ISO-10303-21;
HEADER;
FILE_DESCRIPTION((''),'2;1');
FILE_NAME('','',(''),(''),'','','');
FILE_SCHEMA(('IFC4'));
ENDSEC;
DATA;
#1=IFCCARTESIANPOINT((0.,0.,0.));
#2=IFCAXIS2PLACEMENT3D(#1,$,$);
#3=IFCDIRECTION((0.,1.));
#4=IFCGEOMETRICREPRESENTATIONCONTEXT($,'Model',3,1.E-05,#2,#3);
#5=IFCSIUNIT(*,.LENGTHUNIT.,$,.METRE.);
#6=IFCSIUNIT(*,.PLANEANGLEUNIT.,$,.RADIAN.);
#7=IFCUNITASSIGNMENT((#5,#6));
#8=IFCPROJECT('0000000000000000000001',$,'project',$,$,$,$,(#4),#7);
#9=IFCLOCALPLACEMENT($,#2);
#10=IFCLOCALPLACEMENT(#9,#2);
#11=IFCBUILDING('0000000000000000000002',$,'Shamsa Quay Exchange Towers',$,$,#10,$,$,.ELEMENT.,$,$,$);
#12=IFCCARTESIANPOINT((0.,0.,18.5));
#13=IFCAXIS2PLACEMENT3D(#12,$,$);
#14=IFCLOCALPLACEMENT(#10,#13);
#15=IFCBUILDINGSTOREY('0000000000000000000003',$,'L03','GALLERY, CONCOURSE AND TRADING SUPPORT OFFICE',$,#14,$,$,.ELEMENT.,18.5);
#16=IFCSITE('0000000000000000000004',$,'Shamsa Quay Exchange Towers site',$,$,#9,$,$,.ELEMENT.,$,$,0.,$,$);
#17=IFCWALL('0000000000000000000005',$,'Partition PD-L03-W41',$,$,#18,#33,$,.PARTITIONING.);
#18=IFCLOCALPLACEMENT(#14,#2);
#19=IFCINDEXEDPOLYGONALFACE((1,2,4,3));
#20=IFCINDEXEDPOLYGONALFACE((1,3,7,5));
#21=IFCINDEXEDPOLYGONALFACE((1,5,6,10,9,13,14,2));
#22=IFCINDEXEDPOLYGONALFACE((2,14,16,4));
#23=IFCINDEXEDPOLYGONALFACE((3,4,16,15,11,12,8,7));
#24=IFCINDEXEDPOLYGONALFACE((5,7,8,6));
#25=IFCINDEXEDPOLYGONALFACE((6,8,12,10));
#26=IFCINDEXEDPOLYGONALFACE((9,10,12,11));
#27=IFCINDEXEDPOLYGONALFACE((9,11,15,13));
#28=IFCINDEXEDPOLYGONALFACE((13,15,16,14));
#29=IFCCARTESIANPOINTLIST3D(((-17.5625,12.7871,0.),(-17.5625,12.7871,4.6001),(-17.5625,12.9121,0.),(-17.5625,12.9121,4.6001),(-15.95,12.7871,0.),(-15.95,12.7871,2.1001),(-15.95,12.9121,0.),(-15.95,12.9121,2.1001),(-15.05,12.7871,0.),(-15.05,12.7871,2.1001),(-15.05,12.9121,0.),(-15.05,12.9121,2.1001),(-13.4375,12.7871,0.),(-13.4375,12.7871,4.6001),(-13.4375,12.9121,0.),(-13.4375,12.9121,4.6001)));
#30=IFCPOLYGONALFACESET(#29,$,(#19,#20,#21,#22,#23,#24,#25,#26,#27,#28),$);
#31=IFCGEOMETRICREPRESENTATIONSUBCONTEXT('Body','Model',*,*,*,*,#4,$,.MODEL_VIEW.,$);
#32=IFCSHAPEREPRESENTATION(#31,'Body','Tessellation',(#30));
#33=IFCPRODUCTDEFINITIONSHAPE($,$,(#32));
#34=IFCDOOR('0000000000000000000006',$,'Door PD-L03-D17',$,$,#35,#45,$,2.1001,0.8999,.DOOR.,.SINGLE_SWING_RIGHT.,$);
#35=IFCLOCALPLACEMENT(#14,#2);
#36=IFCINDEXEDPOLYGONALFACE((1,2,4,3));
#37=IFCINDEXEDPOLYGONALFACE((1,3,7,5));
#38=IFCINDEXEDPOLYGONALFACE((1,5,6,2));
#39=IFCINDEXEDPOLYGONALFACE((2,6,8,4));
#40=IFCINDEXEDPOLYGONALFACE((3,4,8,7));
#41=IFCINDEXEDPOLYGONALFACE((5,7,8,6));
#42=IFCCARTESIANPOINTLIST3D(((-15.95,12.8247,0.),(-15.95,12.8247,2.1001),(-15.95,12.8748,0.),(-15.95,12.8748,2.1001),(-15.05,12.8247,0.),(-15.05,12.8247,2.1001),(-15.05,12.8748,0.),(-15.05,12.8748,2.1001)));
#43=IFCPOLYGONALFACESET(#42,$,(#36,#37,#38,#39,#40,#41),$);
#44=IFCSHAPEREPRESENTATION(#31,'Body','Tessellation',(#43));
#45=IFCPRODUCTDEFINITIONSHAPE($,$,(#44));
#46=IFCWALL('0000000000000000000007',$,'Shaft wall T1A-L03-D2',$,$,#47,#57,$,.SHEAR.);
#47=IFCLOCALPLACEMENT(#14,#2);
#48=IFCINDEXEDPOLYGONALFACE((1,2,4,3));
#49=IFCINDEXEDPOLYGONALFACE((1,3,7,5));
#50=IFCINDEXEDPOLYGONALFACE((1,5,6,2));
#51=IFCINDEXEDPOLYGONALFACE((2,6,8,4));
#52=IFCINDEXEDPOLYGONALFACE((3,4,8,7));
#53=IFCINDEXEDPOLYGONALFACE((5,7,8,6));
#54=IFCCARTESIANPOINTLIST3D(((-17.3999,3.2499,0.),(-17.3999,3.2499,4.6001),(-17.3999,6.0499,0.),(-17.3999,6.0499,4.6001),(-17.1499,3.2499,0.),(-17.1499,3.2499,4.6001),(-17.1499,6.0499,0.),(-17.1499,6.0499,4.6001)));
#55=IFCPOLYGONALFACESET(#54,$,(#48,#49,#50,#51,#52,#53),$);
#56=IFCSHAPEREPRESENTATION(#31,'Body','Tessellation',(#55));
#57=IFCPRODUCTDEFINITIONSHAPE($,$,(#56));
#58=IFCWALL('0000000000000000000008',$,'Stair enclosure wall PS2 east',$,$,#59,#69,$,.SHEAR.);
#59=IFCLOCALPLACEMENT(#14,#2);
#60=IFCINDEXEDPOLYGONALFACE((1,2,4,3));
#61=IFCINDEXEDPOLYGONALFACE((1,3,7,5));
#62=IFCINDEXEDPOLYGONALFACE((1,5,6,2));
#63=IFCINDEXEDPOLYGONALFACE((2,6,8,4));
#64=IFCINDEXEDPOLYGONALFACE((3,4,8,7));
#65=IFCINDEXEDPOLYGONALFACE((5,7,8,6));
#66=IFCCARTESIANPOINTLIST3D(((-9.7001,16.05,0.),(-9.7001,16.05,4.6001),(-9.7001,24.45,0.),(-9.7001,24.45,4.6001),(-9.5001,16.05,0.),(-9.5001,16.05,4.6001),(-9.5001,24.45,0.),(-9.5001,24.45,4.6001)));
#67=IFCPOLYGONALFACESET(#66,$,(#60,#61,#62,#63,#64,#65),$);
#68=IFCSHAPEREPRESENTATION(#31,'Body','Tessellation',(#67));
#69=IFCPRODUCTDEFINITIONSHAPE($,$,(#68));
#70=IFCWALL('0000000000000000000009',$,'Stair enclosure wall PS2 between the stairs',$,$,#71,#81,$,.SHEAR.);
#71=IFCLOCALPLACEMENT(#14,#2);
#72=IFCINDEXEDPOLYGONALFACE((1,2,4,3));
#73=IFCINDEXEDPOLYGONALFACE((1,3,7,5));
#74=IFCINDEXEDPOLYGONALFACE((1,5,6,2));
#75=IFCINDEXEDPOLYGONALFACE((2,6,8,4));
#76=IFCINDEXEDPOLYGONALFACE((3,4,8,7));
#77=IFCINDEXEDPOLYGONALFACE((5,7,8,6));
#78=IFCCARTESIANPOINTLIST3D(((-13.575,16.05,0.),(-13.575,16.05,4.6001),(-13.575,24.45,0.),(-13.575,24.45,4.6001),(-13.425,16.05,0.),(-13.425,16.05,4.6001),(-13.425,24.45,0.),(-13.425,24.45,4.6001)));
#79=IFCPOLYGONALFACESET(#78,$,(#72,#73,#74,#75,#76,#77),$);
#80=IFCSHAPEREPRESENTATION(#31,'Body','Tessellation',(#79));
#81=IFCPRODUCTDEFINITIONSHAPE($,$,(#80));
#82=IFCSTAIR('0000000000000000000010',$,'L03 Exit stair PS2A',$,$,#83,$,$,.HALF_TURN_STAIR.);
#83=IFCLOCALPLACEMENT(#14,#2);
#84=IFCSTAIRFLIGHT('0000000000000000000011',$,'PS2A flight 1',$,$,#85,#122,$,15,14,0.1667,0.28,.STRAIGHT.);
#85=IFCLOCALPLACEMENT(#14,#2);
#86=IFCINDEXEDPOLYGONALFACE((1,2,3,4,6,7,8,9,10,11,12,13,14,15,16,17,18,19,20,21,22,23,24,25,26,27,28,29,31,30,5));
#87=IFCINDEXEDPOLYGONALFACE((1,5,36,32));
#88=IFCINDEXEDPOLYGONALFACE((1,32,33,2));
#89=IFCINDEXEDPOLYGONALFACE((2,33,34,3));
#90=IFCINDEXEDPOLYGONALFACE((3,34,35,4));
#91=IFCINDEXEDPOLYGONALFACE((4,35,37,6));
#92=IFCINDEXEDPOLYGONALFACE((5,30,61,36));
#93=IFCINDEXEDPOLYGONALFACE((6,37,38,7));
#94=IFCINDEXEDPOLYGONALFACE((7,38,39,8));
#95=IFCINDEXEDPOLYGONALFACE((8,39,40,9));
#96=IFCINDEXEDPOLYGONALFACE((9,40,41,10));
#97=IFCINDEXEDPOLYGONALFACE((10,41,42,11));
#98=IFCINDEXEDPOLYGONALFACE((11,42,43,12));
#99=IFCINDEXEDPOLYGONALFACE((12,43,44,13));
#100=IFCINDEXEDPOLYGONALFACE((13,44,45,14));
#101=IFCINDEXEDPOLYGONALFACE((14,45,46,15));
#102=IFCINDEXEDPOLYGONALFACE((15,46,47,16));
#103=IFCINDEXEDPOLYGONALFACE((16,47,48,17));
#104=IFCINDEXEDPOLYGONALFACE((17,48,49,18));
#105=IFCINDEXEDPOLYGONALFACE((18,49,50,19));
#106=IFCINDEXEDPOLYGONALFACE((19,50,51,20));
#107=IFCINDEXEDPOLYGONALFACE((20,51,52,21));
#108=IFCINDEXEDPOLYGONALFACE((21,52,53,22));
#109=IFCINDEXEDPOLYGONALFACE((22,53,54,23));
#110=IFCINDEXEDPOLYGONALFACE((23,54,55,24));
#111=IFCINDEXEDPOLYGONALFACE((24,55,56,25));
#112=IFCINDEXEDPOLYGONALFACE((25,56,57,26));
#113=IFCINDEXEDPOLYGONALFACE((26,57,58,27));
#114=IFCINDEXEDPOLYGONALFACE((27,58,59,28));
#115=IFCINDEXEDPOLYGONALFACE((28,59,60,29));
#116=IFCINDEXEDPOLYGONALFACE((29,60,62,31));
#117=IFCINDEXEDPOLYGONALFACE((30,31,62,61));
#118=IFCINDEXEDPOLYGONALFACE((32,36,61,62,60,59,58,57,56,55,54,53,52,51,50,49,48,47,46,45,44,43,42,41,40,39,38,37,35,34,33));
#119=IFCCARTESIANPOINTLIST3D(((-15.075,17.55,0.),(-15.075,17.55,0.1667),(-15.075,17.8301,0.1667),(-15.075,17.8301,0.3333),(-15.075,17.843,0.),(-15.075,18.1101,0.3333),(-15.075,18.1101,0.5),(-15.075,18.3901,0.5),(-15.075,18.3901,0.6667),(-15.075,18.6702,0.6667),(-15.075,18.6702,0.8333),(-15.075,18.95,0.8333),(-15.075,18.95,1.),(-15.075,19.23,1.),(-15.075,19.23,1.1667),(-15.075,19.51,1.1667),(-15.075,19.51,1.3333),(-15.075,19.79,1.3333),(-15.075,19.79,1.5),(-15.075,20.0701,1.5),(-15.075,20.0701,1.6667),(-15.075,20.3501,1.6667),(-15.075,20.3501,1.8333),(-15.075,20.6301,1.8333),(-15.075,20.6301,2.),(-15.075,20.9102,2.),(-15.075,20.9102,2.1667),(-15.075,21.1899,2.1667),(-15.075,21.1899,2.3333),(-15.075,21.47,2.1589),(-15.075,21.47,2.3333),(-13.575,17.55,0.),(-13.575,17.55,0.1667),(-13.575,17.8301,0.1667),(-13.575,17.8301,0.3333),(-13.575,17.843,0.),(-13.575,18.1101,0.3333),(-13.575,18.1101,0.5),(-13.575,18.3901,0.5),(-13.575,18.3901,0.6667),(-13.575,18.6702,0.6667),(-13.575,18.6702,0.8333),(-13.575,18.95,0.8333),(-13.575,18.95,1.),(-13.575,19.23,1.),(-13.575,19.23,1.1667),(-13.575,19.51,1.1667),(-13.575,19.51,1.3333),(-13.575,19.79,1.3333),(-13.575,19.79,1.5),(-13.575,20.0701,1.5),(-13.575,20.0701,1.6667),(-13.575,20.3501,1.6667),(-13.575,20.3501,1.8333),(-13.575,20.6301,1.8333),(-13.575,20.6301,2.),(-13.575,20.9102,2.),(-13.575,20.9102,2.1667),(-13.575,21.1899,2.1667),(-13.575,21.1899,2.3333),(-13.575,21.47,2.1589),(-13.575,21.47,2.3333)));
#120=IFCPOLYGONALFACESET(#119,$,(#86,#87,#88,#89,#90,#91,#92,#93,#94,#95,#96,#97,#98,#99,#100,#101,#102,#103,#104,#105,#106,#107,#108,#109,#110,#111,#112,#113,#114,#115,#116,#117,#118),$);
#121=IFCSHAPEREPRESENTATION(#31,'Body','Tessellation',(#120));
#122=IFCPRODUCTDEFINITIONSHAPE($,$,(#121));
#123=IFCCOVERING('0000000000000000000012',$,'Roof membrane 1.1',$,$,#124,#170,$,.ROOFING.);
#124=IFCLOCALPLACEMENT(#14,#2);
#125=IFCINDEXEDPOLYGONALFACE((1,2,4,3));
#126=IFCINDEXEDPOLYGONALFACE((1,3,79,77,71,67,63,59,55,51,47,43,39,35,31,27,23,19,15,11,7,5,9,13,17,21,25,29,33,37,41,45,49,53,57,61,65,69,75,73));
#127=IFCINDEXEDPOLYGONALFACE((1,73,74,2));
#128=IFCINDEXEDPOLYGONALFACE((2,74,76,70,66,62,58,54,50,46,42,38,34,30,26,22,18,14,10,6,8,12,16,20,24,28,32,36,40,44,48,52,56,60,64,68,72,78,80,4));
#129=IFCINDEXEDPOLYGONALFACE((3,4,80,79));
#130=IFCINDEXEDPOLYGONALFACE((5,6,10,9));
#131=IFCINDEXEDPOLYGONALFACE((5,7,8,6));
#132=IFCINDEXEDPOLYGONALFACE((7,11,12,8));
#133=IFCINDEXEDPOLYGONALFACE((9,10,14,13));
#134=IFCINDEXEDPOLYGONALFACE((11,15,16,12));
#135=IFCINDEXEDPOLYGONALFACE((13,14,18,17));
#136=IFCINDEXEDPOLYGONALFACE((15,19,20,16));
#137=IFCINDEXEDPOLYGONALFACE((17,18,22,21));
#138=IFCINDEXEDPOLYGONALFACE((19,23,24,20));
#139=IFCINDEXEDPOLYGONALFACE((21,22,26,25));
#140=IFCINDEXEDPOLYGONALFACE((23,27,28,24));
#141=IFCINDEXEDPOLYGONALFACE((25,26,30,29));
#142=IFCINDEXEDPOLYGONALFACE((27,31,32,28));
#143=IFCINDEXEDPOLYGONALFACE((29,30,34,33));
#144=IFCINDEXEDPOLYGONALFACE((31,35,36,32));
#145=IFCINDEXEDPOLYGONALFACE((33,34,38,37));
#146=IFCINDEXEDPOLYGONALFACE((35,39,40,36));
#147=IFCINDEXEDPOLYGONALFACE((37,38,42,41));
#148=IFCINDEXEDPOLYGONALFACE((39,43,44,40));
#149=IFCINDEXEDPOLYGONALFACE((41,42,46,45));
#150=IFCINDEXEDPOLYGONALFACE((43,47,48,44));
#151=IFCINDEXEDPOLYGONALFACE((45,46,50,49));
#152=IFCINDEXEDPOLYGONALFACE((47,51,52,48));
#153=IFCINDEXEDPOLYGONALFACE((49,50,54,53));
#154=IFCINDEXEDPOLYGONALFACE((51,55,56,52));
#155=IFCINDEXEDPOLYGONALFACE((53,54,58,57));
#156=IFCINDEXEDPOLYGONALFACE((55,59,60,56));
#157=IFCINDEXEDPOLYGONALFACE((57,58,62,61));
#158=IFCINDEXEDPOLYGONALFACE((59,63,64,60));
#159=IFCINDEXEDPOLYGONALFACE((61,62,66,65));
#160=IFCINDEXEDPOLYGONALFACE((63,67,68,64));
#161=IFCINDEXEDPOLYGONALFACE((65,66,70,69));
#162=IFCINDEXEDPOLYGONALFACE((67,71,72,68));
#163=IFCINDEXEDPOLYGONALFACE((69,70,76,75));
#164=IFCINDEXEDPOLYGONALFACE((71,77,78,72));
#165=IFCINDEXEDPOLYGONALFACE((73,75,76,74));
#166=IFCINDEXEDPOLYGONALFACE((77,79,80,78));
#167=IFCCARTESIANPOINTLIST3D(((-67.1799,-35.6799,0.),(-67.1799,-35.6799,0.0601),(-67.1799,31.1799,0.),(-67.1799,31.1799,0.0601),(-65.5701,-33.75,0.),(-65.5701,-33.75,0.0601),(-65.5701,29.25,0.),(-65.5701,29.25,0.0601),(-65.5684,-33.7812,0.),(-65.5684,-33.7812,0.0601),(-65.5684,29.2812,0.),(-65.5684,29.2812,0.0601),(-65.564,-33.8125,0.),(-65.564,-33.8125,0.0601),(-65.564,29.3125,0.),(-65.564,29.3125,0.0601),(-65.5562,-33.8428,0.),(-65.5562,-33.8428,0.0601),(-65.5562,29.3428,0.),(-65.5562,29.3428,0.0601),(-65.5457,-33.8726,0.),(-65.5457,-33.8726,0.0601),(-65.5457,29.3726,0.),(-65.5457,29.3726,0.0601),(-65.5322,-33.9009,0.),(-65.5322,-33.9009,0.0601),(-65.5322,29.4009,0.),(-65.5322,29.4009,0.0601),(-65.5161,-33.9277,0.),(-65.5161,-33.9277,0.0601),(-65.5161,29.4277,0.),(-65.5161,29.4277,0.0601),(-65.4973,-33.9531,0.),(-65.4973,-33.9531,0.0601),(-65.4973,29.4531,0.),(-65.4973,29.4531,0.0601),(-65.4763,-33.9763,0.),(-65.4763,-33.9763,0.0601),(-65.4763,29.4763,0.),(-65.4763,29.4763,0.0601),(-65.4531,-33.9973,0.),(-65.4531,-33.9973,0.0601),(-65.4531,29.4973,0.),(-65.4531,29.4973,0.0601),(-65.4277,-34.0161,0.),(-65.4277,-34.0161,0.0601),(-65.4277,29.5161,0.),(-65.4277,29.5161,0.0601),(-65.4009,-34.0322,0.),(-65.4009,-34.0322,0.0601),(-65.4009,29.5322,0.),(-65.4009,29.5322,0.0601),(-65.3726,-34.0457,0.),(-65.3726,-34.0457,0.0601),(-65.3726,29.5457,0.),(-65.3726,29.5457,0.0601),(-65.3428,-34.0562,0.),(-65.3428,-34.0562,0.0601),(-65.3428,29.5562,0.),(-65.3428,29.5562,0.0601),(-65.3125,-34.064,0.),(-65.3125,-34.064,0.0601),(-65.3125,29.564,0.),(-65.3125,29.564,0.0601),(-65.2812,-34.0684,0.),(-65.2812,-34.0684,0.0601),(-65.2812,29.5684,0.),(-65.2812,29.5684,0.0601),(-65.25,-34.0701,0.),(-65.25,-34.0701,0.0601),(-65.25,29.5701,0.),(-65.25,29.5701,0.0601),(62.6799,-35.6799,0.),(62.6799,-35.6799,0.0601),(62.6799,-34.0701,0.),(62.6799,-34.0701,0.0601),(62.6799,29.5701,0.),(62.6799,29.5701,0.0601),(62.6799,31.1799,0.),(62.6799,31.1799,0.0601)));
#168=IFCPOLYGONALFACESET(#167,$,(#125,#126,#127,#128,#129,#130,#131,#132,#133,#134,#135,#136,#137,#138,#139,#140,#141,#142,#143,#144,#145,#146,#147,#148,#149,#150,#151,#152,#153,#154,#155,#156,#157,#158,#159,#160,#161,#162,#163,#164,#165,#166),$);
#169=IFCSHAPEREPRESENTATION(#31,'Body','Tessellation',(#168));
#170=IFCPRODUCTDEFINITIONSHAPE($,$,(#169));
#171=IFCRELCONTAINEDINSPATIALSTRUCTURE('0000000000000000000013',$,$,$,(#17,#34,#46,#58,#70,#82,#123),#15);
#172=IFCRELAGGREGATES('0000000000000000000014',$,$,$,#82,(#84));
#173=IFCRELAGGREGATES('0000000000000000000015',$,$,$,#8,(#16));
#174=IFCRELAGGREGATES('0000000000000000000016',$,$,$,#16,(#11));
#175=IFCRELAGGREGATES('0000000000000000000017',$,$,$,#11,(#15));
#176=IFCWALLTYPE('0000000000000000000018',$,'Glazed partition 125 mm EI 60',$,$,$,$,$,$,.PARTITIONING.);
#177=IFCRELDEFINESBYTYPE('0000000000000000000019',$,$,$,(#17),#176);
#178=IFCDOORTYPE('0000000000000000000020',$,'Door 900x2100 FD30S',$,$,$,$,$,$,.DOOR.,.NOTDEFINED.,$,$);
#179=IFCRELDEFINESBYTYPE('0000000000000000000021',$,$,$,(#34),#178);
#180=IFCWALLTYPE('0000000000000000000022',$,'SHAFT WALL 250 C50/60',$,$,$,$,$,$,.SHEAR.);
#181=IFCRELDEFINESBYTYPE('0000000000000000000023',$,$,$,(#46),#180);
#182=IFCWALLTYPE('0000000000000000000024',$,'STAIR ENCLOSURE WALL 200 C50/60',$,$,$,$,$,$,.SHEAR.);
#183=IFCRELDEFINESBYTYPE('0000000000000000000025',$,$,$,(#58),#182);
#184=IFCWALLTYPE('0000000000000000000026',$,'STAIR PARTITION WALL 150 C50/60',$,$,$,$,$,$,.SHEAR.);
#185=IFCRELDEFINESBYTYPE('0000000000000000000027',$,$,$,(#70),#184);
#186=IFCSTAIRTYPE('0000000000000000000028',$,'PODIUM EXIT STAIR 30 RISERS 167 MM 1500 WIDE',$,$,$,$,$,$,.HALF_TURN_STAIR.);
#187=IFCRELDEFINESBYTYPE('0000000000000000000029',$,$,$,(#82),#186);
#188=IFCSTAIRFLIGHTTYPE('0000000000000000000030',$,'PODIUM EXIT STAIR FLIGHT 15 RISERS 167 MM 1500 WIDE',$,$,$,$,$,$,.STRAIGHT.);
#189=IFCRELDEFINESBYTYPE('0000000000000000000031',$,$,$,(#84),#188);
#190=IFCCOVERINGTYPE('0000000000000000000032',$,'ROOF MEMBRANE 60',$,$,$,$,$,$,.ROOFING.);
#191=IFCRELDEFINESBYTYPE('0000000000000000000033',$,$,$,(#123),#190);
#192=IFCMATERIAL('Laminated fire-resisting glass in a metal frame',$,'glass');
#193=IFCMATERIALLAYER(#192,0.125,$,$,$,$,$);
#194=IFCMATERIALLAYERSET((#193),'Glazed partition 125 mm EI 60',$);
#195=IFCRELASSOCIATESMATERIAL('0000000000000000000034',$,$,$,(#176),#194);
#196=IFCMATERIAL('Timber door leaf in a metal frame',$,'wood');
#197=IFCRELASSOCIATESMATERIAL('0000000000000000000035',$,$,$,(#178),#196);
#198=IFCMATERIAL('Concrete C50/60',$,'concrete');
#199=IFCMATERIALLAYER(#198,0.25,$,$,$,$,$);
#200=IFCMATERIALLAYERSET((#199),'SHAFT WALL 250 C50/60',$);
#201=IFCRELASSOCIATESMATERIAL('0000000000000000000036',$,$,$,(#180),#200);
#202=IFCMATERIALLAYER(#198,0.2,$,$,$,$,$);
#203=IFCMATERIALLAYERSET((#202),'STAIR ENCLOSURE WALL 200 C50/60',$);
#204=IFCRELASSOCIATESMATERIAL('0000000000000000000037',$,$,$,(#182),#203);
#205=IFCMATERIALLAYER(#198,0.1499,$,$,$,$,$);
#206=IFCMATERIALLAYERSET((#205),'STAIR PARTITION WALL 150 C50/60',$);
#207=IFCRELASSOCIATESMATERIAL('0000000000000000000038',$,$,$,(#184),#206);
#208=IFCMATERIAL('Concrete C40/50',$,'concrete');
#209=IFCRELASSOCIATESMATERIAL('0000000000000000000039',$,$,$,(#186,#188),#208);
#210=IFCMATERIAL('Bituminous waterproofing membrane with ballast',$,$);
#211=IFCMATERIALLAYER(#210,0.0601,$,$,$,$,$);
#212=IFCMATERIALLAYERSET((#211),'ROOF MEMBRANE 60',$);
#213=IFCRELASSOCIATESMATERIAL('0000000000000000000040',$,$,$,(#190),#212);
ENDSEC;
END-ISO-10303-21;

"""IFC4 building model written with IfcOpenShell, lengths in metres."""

from ifc_helpers import new_model, si_unit, direction, frame, frame_2d, origin, place, context, subcontext, project, spatial, polyline, rectangle, outline, extrude, material, layer, layer_set, type_object, element, fill, aggregate, save


model = new_model("IFC4")

# Units and contexts
model_context = context("Model", 3, precision=1e-05, world=origin(), true_north=direction((0.0, 1.0)))
body_context = subcontext(model_context, "Body", "Model", "MODEL_VIEW")
ifc_project = project(units=[si_unit("LENGTHUNIT", "METRE"), si_unit("PLANEANGLEUNIT", "RADIAN")], contexts=[model_context])

# Site, building, storey
site_placement = place(None, origin())
site = spatial("IfcSite", under=ifc_project, at=site_placement, Name="Shamsa Quay Exchange Towers site", CompositionType="ELEMENT", RefElevation=0.0)
building_placement = place(site_placement, origin())
building = spatial("IfcBuilding", under=site, at=building_placement, Name="Shamsa Quay Exchange Towers", CompositionType="ELEMENT")
storey_placement = place(building_placement, frame((0.0, 0.0, 18.5)))
storey = spatial("IfcBuildingStorey", under=building, at=storey_placement, Name="L03", Description="GALLERY, CONCOURSE AND TRADING SUPPORT OFFICE", CompositionType="ELEMENT", Elevation=18.5)

# Shared definitions
ifc_material_1 = material(Name="Concrete C50/60", Category="concrete")

# Shared definitions
ifc_material_2 = material(Name="Concrete C40/50", Category="concrete")

# Shared definitions
ifc_material_3 = material(Name="Laminated fire-resisting glass in a metal frame", Category="glass")
ifc_layer_1 = layer(ifc_material_3, 0.125)
ifc_layer_set_1 = layer_set([ifc_layer_1], Name="Glazed partition 125 mm EI 60")
wall_type_1 = type_object("IfcWallType", Name="Glazed partition 125 mm EI 60", PredefinedType="PARTITIONING", material=ifc_layer_set_1)

# Wall, opening, door
wall_1_placement = place(storey_placement, frame((-13.4375, 12.8496, 0.0), z_axis=(0.0, 0.0, 1.0), x_axis=(-1.0, 0.0, 0.0)))
wall_1 = element("IfcWall", 1, at=wall_1_placement, inside=storey, type_object=wall_type_1, Name="Partition PD-L03-W41", PredefinedType="PARTITIONING", context=body_context, shape_type="SweptSolid", body=[
    extrude(rectangle(XDim=4.125, YDim=0.125, at=frame_2d((2.0625, 0.0))), origin(), (0.0, 0.0, 1.0), 4.6001),
])
opening_1_placement = place(wall_1_placement, frame((1.6125, 0.0, 0.0)))
opening_1 = element("IfcOpeningElement", 2, at=opening_1_placement, cuts=wall_1, PredefinedType="OPENING", context=body_context, shape_type="SweptSolid", body=[
    extrude(rectangle(XDim=0.8999, YDim=2.1001, at=frame_2d((0.45, 1.05))), frame((0.0, 0.0725, 0.0), z_axis=(0.0, -1.0, 0.0), x_axis=(1.0, 0.0, 0.0)), (0.0, 0.0, 1.0), 0.145),
])
ifc_material_4 = material(Name="Timber door leaf in a metal frame", Category="wood")
door_type_1 = type_object("IfcDoorType", Name="Door 900x2100 FD30S", OperationType="NOTDEFINED", PredefinedType="DOOR", material=ifc_material_4)
door_1_placement = place(opening_1_placement, origin())
door_1 = element("IfcDoor", 3, at=door_1_placement, inside=storey, type_object=door_type_1, Name="Door PD-L03-D17", OperationType="SINGLE_SWING_RIGHT", OverallHeight=2.1001, OverallWidth=0.8999, PredefinedType="DOOR", context=body_context, shape_type="SweptSolid", body=[
    extrude(rectangle(XDim=0.8999, YDim=2.1001, at=frame_2d((0.45, 1.05))), frame((0.0, 0.0249, 0.0), z_axis=(0.0, -1.0, 0.0), x_axis=(1.0, 0.0, 0.0)), (0.0, 0.0, 1.0), 0.05),
])
fill(opening_1, door_1)

# Walls
ifc_layer_2 = layer(ifc_material_1, 0.25)
ifc_layer_set_2 = layer_set([ifc_layer_2], Name="SHAFT WALL 250 C50/60")
wall_type_2 = type_object("IfcWallType", Name="SHAFT WALL 250 C50/60", PredefinedType="SHEAR", material=ifc_layer_set_2)
wall_2_placement = place(storey_placement, frame((-17.2749, 3.25, 0.0), z_axis=(0.0, 0.0, 1.0), x_axis=(0.0, 1.0, 0.0)))
element("IfcWall", 4, at=wall_2_placement, inside=storey, type_object=wall_type_2, Name="Shaft wall T1A-L03-D2", PredefinedType="SHEAR", context=body_context, shape_type="SweptSolid", body=[
    extrude(rectangle(XDim=2.8, YDim=0.25, at=frame_2d((1.3999, 0.0))), origin(), (0.0, 0.0, 1.0), 4.6001),
])
ifc_layer_3 = layer(ifc_material_1, 0.2)
ifc_layer_set_3 = layer_set([ifc_layer_3], Name="STAIR ENCLOSURE WALL 200 C50/60")
wall_type_3 = type_object("IfcWallType", Name="STAIR ENCLOSURE WALL 200 C50/60", PredefinedType="SHEAR", material=ifc_layer_set_3)
wall_3_placement = place(storey_placement, frame((-9.6001, 16.05, 0.0), z_axis=(0.0, 0.0, 1.0), x_axis=(0.0, 1.0, 0.0)))
element("IfcWall", 5, at=wall_3_placement, inside=storey, type_object=wall_type_3, Name="Stair enclosure wall PS2 east", PredefinedType="SHEAR", context=body_context, shape_type="SweptSolid", body=[
    extrude(rectangle(XDim=8.3999, YDim=0.2, at=frame_2d((4.2, 0.0))), origin(), (0.0, 0.0, 1.0), 4.6001),
])
ifc_layer_4 = layer(ifc_material_1, 0.1499)
ifc_layer_set_4 = layer_set([ifc_layer_4], Name="STAIR PARTITION WALL 150 C50/60")
wall_type_4 = type_object("IfcWallType", Name="STAIR PARTITION WALL 150 C50/60", PredefinedType="SHEAR", material=ifc_layer_set_4)
wall_4_placement = place(storey_placement, frame((-13.5, 16.05, 0.0), z_axis=(0.0, 0.0, 1.0), x_axis=(0.0, 1.0, 0.0)))
element("IfcWall", 6, at=wall_4_placement, inside=storey, type_object=wall_type_4, Name="Stair enclosure wall PS2 between the stairs", PredefinedType="SHEAR", context=body_context, shape_type="SweptSolid", body=[
    extrude(rectangle(XDim=8.3999, YDim=0.1499, at=frame_2d((4.2, 0.0))), origin(), (0.0, 0.0, 1.0), 4.6001),
])

# Stair, stair flight
stair_type_1 = type_object("IfcStairType", Name="PODIUM EXIT STAIR 30 RISERS 167 MM 1500 WIDE", PredefinedType="HALF_TURN_STAIR", material=ifc_material_2)
stair_1_placement = place(storey_placement, origin())
stair_1 = element("IfcStair", 7, at=stair_1_placement, inside=storey, type_object=stair_type_1, Name="L03 Exit stair PS2A", PredefinedType="HALF_TURN_STAIR")
stair_flight_type = type_object("IfcStairFlightType", Name="PODIUM EXIT STAIR FLIGHT 15 RISERS 167 MM 1500 WIDE", PredefinedType="STRAIGHT", material=ifc_material_2)
stair_flight_placement = place(storey_placement, frame((-14.325, 17.55, 0.0), z_axis=(0.0, 0.0, 1.0), x_axis=(0.0, 1.0, 0.0)))
stair_flight = element("IfcStairFlight", 8, at=stair_flight_placement, type_object=stair_flight_type, Name="PS2A flight 1", NumberOfRisers=15, NumberOfTreads=14, PredefinedType="STRAIGHT", RiserHeight=0.1667, TreadLength=0.28, context=body_context, shape_type="SweptSolid", body=[
    extrude(outline(polyline([(0.0, 0.0), (0.0, 0.1667), (0.28, 0.1667), (0.28, 0.3333), (0.5601, 0.3333), (0.5601, 0.5), (0.8401, 0.5), (0.8401, 0.6667), (1.1201, 0.6667), (1.1201, 0.8333), (1.3999, 0.8333), (1.3999, 1.0), (1.6799, 1.0), (1.6799, 1.1667), (1.96, 1.1667), (1.96, 1.3333), (2.24, 1.3333), (2.24, 1.5), (2.52, 1.5), (2.52, 1.6667), (2.8, 1.6667), (2.8, 1.8333), (3.0801, 1.8333), (3.0801, 2.0), (3.3601, 2.0), (3.3601, 2.1667), (3.6399, 2.1667), (3.6399, 2.3333), (3.9199, 2.3333), (3.9199, 2.5), (3.9199, 2.1589), (0.293, 0.0), (0.0, 0.0)])), frame((0.0, 0.75, 0.0), z_axis=(0.0, -1.0, 0.0), x_axis=(1.0, 0.0, 0.0)), (0.0, 0.0, 1.0), 1.5),
])
aggregate(stair_1, [stair_flight])

# Covering
ifc_material_5 = material(Name="Bituminous waterproofing membrane with ballast")
ifc_layer_5 = layer(ifc_material_5, 0.0601)
ifc_layer_set_5 = layer_set([ifc_layer_5], Name="ROOF MEMBRANE 60")
covering_type = type_object("IfcCoveringType", Name="ROOF MEMBRANE 60", PredefinedType="ROOFING", material=ifc_layer_set_5)
covering_placement = place(storey_placement, origin())
element("IfcCovering", 9, at=covering_placement, inside=storey, type_object=covering_type, Name="Roof membrane 1.1", PredefinedType="ROOFING", context=body_context, shape_type="SweptSolid", body=[
    extrude(outline(polyline([(-65.3125, 29.564), (-65.3428, 29.5562), (-65.3726, 29.5457), (-65.4009, 29.5322), (-65.4277, 29.5161), (-65.4531, 29.4973), (-65.4763, 29.4763), (-65.4973, 29.4531), (-65.5161, 29.4277), (-65.5322, 29.4009), (-65.5457, 29.3726), (-65.5562, 29.3428), (-65.564, 29.3125), (-65.5684, 29.2812), (-65.5701, 29.25), (-65.5701, -33.75), (-65.5684, -33.7812), (-65.564, -33.8125), (-65.5562, -33.8428), (-65.5457, -33.8726), (-65.5322, -33.9009), (-65.5161, -33.9277), (-65.4973, -33.9531), (-65.4763, -33.9763), (-65.4531, -33.9973), (-65.4277, -34.0161), (-65.4009, -34.0322), (-65.3726, -34.0457), (-65.3428, -34.0562), (-65.3125, -34.064), (-65.2812, -34.0684), (-65.25, -34.0701), (62.6799, -34.0701), (62.6799, -35.6799), (-67.1799, -35.6799), (-67.1799, 31.1799), (62.6799, 31.1799), (62.6799, 29.5701), (-65.25, 29.5701), (-65.2812, 29.5684), (-65.3125, 29.564)])), origin(), (0.0, 0.0, 1.0), 0.0601),
])

save(model, "model.ifc")
